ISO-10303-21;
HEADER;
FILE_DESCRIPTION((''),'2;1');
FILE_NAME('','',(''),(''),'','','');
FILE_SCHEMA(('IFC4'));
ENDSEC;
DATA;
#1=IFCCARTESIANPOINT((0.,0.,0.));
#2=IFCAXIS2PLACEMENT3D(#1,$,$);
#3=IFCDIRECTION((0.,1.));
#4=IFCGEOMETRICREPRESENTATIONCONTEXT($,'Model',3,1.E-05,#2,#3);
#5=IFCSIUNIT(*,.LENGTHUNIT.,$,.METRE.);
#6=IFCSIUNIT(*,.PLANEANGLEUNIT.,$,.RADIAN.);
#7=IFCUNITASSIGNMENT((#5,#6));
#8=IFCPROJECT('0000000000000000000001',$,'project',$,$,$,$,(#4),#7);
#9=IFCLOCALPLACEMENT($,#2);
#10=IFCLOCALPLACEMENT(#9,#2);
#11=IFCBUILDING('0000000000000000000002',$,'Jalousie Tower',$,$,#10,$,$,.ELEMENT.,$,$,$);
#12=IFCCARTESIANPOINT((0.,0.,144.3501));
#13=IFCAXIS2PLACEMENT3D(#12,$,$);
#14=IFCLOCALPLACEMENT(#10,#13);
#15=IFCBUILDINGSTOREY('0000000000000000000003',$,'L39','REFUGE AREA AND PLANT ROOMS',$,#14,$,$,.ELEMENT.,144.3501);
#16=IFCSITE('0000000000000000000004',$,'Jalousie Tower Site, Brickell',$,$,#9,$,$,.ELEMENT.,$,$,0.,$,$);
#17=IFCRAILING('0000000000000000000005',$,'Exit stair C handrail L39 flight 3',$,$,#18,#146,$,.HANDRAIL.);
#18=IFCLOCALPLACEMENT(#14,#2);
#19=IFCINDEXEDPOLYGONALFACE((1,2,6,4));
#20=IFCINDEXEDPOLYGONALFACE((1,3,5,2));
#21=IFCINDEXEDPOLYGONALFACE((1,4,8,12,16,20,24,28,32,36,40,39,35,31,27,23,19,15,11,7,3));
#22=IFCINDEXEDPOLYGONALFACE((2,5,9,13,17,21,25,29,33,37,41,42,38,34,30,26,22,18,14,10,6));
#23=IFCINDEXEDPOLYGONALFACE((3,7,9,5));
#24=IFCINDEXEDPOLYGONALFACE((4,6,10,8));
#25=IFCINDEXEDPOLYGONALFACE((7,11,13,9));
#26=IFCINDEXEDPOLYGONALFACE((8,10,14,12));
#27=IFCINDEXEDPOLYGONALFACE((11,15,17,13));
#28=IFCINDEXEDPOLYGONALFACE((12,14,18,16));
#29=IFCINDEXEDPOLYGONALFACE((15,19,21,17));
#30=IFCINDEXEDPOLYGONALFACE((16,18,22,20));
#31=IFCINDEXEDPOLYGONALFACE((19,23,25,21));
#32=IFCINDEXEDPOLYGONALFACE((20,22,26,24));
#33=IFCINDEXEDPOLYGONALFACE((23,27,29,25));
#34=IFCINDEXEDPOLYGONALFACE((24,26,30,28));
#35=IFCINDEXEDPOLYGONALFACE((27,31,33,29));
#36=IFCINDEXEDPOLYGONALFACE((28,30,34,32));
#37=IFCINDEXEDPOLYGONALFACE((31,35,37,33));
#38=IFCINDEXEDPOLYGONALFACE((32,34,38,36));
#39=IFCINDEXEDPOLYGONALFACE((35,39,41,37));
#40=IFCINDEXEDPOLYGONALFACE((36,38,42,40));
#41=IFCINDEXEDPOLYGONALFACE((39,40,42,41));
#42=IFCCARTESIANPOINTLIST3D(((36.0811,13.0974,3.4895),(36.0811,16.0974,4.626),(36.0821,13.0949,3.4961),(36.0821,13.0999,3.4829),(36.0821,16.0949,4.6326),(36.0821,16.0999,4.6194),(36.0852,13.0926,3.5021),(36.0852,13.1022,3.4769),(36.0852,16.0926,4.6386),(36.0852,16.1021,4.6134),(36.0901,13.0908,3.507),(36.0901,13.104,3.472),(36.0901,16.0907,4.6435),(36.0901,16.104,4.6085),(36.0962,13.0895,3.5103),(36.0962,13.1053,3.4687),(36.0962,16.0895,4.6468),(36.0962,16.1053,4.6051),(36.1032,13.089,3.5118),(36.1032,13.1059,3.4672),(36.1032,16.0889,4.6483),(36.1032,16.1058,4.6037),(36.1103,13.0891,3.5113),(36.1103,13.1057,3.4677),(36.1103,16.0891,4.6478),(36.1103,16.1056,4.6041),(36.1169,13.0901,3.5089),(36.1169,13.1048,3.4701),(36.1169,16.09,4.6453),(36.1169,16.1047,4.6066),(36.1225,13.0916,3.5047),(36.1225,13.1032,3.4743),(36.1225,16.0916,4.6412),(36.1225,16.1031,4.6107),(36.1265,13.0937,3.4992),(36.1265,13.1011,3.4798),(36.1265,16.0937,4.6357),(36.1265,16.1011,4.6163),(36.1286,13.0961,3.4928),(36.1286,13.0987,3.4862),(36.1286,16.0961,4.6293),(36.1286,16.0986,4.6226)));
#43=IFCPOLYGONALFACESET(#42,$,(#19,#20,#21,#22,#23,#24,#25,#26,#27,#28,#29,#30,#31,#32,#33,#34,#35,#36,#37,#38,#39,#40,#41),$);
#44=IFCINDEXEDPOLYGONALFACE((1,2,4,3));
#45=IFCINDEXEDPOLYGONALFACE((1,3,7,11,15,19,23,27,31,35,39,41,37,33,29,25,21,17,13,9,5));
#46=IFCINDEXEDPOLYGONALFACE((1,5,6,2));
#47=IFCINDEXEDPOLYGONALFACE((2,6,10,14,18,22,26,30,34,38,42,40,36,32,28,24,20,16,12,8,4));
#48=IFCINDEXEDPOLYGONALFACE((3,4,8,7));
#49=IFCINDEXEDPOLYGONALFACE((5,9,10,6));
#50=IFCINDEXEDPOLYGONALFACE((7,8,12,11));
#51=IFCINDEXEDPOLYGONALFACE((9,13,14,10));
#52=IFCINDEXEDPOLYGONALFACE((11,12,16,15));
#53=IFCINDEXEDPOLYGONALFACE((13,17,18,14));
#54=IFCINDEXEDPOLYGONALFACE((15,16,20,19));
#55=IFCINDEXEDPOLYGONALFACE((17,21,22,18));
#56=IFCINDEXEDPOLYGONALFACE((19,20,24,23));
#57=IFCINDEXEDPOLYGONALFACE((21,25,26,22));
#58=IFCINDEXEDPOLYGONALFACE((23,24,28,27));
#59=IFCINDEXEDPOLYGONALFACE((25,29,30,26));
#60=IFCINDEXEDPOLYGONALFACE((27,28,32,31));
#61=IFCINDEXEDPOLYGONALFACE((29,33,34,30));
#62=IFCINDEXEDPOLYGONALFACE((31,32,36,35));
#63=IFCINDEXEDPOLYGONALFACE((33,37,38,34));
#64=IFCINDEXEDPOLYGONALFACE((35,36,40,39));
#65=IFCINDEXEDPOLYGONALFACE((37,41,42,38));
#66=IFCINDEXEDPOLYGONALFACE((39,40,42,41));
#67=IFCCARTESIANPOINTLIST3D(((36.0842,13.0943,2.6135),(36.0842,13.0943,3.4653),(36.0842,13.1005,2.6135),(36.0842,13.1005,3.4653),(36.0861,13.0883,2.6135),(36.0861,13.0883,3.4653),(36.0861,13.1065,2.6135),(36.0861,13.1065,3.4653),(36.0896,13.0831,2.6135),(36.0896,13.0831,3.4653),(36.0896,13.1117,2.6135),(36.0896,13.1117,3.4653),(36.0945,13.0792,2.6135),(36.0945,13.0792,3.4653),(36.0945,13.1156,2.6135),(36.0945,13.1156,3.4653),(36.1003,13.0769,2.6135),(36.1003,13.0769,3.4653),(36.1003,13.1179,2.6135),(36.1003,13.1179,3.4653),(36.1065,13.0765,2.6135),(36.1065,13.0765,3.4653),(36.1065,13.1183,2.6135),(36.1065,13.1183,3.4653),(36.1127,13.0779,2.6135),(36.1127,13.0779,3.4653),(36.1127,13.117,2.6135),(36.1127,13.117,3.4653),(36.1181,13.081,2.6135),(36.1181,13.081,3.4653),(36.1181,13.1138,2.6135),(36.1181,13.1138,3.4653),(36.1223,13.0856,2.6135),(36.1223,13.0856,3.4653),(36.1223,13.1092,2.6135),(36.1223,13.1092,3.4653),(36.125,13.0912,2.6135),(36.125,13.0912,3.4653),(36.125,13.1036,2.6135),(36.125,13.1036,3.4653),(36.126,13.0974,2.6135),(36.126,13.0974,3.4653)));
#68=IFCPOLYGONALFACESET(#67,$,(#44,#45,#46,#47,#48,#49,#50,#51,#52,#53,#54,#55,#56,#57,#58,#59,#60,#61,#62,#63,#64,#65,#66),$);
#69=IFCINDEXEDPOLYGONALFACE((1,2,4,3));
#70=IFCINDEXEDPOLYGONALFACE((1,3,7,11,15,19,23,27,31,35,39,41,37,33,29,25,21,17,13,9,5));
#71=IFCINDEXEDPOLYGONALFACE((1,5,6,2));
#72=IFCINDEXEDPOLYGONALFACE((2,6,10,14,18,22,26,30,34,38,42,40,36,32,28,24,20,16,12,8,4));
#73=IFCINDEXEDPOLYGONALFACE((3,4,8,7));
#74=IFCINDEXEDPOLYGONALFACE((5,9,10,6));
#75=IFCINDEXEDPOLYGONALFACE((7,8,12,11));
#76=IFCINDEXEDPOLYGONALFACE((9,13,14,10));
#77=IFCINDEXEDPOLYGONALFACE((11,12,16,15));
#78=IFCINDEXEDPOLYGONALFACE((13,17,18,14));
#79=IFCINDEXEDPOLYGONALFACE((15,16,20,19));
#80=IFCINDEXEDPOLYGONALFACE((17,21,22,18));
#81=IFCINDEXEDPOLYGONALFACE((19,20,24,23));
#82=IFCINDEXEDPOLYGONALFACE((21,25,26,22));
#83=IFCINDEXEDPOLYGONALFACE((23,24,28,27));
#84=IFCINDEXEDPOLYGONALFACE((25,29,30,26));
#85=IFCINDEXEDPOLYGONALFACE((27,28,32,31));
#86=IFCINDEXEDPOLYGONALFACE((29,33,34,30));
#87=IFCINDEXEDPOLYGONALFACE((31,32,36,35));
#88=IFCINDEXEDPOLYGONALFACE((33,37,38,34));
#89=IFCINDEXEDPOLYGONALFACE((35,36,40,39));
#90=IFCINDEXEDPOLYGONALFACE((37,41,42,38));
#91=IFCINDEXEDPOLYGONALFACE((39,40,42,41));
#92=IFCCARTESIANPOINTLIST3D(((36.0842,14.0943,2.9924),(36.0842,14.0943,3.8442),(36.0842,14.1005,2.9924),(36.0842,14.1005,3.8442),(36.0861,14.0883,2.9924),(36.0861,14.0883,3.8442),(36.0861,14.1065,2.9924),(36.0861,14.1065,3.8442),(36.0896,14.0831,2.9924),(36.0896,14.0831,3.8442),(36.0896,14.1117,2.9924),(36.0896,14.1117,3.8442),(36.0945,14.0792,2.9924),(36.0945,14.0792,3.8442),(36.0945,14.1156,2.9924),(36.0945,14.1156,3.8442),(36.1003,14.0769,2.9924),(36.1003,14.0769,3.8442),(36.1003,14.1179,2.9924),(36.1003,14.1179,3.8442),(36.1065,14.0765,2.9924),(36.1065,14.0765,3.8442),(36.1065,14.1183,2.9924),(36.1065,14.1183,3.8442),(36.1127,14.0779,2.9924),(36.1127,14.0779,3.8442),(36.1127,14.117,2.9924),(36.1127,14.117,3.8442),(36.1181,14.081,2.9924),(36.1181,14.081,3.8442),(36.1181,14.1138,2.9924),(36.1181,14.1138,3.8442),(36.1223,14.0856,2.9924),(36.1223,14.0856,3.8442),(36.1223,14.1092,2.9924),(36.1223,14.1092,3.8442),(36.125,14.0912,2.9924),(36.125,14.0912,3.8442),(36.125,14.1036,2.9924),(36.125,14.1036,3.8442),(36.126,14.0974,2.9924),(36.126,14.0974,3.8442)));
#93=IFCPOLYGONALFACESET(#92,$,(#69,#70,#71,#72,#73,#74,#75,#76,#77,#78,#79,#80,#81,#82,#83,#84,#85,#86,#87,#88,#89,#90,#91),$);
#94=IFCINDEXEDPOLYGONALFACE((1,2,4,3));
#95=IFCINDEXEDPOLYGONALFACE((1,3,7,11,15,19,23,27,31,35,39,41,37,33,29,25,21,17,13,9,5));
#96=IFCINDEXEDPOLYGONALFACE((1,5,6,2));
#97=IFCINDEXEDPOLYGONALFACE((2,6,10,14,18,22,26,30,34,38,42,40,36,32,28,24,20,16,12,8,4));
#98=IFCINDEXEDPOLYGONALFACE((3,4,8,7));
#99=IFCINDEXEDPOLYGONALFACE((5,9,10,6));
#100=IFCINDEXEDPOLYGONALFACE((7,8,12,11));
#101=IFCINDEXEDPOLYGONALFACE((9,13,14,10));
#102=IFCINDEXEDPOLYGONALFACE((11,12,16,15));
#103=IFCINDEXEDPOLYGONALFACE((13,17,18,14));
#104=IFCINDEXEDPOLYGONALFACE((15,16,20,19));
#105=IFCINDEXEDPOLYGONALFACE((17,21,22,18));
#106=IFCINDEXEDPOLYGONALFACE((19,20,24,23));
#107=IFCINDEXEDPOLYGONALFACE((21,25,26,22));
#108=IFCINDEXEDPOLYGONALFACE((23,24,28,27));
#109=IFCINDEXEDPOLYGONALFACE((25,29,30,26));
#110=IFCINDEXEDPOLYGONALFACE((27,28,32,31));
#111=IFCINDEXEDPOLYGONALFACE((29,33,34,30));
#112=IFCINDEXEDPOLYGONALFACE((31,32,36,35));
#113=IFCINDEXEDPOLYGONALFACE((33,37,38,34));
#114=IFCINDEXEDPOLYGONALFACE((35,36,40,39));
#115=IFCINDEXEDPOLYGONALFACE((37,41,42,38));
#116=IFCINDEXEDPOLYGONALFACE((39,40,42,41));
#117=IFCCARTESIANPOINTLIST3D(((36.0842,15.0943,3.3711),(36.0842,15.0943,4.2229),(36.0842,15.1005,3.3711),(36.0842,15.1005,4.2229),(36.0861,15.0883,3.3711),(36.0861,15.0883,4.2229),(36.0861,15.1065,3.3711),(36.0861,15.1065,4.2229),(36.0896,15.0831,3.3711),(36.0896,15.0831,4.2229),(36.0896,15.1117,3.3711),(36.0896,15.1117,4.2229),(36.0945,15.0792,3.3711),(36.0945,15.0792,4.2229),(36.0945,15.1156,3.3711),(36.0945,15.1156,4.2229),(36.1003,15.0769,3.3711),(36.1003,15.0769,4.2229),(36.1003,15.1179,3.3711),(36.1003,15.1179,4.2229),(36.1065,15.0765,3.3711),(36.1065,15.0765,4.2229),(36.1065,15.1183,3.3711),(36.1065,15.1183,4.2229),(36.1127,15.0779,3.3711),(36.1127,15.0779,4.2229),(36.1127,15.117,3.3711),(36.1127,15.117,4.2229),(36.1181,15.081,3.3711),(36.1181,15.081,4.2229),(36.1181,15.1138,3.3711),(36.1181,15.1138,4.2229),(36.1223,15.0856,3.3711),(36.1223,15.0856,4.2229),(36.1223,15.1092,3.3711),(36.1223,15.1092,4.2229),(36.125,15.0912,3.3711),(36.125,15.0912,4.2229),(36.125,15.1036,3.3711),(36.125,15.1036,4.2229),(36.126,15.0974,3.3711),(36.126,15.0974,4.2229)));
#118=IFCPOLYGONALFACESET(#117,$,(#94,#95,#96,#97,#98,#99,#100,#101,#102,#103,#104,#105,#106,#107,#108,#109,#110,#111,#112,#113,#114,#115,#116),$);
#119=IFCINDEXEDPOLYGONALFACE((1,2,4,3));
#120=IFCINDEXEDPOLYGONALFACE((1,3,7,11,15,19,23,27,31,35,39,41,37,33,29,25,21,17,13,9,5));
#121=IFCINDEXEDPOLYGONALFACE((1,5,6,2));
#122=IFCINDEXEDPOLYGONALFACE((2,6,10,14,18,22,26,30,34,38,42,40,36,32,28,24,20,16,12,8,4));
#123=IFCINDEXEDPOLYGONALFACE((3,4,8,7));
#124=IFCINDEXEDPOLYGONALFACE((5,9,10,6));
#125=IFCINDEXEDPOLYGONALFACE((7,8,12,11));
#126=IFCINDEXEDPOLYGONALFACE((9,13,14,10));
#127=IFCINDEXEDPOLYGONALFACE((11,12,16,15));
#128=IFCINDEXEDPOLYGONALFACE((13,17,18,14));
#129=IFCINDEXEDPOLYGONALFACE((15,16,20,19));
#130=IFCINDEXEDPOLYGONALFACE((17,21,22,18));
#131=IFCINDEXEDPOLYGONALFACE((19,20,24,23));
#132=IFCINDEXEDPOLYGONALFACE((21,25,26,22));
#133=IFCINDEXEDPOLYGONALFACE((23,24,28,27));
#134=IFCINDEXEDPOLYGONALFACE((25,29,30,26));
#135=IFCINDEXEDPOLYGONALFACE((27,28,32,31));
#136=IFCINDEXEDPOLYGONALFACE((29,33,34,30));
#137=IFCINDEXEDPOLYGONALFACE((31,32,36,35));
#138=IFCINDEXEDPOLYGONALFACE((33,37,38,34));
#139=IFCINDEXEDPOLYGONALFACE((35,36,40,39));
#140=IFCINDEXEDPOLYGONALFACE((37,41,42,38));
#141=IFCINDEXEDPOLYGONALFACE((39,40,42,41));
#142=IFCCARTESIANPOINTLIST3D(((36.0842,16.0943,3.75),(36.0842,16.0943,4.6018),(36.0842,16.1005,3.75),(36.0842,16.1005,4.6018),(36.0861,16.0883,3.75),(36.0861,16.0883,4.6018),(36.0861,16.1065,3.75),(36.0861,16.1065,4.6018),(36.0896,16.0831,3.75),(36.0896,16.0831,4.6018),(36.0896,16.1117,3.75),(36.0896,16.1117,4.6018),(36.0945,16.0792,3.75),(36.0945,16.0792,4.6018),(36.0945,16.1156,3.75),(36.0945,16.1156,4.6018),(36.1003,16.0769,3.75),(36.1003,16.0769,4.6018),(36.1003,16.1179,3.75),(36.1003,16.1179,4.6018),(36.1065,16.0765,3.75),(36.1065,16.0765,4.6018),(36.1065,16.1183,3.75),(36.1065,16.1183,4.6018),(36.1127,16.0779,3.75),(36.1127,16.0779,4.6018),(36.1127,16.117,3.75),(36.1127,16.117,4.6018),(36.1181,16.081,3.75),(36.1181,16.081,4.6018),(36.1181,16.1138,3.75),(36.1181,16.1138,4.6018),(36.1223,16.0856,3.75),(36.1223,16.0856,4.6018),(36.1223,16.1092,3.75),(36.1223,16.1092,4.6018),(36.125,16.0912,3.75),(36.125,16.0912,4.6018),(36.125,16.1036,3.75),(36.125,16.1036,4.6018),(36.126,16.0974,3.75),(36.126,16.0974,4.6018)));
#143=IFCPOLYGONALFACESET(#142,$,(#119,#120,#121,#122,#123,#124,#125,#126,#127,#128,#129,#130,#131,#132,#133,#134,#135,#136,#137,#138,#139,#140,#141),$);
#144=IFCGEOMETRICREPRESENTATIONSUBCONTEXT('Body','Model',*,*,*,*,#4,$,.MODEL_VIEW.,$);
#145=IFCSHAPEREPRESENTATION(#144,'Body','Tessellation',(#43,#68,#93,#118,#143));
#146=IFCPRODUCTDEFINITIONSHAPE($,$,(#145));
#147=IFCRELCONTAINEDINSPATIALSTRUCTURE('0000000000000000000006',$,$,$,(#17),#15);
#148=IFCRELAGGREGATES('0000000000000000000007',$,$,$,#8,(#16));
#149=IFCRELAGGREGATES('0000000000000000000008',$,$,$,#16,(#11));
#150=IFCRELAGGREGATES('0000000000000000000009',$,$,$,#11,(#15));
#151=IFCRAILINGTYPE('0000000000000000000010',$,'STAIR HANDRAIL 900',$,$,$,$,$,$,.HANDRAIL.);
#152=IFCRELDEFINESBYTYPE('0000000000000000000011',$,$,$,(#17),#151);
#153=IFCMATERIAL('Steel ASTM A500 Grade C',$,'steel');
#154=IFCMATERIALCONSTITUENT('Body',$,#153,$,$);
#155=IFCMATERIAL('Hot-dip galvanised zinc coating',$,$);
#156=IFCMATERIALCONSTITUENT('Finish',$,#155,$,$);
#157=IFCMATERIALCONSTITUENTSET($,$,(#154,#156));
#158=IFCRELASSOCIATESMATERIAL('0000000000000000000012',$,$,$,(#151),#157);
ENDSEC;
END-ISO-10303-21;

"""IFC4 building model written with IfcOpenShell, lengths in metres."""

from ifc_helpers import new_model, si_unit, direction, frame, origin, origin_2d, place, context, subcontext, project, spatial, circle, extrude, material, constituent, constituent_set, type_object, element, save


model = new_model("IFC4")

# Units and contexts
model_context = context("Model", 3, precision=1e-05, world=origin(), true_north=direction((0.0, 1.0)))
body_context = subcontext(model_context, "Body", "Model", "MODEL_VIEW")
ifc_project = project(units=[si_unit("LENGTHUNIT", "METRE"), si_unit("PLANEANGLEUNIT", "RADIAN")], contexts=[model_context])

# Site, building, storey
site_placement = place(None, origin())
site = spatial("IfcSite", under=ifc_project, at=site_placement, Name="Jalousie Tower Site, Brickell", CompositionType="ELEMENT", RefElevation=0.0)
building_placement = place(site_placement, origin())
building = spatial("IfcBuilding", under=site, at=building_placement, Name="Jalousie Tower", CompositionType="ELEMENT")
storey_placement = place(building_placement, frame((0.0, 0.0, 144.3501)))
storey = spatial("IfcBuildingStorey", under=building, at=storey_placement, Name="L39", Description="REFUGE AREA AND PLANT ROOMS", CompositionType="ELEMENT", Elevation=144.3501)

# Railing
ifc_material_1 = material(Name="Steel ASTM A500 Grade C", Category="steel")
ifc_constituent_1 = constituent(ifc_material_1, Name="Body")
ifc_material_2 = material(Name="Hot-dip galvanised zinc coating")
ifc_constituent_2 = constituent(ifc_material_2, Name="Finish")
ifc_constituent_set_1 = constituent_set(constituents=[ifc_constituent_1, ifc_constituent_2])
railing_type_1 = type_object("IfcRailingType", Name="STAIR HANDRAIL 900", PredefinedType="HANDRAIL", material=ifc_constituent_set_1)
railing_1_placement = place(storey_placement, frame((36.105, 13.0974, 2.6135)))
element("IfcRailing", 1, at=railing_1_placement, inside=storey, type_object=railing_type_1, Name="Exit stair C handrail L39 flight 3", PredefinedType="HANDRAIL", context=body_context, shape_type="SweptSolid", body=[
    extrude(circle(Radius=0.0239, at=origin_2d()), frame((0.0, 0.0, 0.876), z_axis=(0.0, 0.935148, 0.354257), x_axis=(-1.0, 0.0, 0.0)), (0.0, 0.0, 1.0), 3.208),
    extrude(circle(Radius=0.021, at=origin_2d()), origin(), (0.0, 0.0, 1.0), 0.8518),
    extrude(circle(Radius=0.021, at=origin_2d()), frame((0.0, 1.0, 0.3789)), (0.0, 0.0, 1.0), 0.8518),
    extrude(circle(Radius=0.021, at=origin_2d()), frame((0.0, 2.0, 0.7576)), (0.0, 0.0, 1.0), 0.8518),
    extrude(circle(Radius=0.021, at=origin_2d()), frame((0.0, 3.0, 1.1365)), (0.0, 0.0, 1.0), 0.8518),
])

save(model, "model.ifc")
